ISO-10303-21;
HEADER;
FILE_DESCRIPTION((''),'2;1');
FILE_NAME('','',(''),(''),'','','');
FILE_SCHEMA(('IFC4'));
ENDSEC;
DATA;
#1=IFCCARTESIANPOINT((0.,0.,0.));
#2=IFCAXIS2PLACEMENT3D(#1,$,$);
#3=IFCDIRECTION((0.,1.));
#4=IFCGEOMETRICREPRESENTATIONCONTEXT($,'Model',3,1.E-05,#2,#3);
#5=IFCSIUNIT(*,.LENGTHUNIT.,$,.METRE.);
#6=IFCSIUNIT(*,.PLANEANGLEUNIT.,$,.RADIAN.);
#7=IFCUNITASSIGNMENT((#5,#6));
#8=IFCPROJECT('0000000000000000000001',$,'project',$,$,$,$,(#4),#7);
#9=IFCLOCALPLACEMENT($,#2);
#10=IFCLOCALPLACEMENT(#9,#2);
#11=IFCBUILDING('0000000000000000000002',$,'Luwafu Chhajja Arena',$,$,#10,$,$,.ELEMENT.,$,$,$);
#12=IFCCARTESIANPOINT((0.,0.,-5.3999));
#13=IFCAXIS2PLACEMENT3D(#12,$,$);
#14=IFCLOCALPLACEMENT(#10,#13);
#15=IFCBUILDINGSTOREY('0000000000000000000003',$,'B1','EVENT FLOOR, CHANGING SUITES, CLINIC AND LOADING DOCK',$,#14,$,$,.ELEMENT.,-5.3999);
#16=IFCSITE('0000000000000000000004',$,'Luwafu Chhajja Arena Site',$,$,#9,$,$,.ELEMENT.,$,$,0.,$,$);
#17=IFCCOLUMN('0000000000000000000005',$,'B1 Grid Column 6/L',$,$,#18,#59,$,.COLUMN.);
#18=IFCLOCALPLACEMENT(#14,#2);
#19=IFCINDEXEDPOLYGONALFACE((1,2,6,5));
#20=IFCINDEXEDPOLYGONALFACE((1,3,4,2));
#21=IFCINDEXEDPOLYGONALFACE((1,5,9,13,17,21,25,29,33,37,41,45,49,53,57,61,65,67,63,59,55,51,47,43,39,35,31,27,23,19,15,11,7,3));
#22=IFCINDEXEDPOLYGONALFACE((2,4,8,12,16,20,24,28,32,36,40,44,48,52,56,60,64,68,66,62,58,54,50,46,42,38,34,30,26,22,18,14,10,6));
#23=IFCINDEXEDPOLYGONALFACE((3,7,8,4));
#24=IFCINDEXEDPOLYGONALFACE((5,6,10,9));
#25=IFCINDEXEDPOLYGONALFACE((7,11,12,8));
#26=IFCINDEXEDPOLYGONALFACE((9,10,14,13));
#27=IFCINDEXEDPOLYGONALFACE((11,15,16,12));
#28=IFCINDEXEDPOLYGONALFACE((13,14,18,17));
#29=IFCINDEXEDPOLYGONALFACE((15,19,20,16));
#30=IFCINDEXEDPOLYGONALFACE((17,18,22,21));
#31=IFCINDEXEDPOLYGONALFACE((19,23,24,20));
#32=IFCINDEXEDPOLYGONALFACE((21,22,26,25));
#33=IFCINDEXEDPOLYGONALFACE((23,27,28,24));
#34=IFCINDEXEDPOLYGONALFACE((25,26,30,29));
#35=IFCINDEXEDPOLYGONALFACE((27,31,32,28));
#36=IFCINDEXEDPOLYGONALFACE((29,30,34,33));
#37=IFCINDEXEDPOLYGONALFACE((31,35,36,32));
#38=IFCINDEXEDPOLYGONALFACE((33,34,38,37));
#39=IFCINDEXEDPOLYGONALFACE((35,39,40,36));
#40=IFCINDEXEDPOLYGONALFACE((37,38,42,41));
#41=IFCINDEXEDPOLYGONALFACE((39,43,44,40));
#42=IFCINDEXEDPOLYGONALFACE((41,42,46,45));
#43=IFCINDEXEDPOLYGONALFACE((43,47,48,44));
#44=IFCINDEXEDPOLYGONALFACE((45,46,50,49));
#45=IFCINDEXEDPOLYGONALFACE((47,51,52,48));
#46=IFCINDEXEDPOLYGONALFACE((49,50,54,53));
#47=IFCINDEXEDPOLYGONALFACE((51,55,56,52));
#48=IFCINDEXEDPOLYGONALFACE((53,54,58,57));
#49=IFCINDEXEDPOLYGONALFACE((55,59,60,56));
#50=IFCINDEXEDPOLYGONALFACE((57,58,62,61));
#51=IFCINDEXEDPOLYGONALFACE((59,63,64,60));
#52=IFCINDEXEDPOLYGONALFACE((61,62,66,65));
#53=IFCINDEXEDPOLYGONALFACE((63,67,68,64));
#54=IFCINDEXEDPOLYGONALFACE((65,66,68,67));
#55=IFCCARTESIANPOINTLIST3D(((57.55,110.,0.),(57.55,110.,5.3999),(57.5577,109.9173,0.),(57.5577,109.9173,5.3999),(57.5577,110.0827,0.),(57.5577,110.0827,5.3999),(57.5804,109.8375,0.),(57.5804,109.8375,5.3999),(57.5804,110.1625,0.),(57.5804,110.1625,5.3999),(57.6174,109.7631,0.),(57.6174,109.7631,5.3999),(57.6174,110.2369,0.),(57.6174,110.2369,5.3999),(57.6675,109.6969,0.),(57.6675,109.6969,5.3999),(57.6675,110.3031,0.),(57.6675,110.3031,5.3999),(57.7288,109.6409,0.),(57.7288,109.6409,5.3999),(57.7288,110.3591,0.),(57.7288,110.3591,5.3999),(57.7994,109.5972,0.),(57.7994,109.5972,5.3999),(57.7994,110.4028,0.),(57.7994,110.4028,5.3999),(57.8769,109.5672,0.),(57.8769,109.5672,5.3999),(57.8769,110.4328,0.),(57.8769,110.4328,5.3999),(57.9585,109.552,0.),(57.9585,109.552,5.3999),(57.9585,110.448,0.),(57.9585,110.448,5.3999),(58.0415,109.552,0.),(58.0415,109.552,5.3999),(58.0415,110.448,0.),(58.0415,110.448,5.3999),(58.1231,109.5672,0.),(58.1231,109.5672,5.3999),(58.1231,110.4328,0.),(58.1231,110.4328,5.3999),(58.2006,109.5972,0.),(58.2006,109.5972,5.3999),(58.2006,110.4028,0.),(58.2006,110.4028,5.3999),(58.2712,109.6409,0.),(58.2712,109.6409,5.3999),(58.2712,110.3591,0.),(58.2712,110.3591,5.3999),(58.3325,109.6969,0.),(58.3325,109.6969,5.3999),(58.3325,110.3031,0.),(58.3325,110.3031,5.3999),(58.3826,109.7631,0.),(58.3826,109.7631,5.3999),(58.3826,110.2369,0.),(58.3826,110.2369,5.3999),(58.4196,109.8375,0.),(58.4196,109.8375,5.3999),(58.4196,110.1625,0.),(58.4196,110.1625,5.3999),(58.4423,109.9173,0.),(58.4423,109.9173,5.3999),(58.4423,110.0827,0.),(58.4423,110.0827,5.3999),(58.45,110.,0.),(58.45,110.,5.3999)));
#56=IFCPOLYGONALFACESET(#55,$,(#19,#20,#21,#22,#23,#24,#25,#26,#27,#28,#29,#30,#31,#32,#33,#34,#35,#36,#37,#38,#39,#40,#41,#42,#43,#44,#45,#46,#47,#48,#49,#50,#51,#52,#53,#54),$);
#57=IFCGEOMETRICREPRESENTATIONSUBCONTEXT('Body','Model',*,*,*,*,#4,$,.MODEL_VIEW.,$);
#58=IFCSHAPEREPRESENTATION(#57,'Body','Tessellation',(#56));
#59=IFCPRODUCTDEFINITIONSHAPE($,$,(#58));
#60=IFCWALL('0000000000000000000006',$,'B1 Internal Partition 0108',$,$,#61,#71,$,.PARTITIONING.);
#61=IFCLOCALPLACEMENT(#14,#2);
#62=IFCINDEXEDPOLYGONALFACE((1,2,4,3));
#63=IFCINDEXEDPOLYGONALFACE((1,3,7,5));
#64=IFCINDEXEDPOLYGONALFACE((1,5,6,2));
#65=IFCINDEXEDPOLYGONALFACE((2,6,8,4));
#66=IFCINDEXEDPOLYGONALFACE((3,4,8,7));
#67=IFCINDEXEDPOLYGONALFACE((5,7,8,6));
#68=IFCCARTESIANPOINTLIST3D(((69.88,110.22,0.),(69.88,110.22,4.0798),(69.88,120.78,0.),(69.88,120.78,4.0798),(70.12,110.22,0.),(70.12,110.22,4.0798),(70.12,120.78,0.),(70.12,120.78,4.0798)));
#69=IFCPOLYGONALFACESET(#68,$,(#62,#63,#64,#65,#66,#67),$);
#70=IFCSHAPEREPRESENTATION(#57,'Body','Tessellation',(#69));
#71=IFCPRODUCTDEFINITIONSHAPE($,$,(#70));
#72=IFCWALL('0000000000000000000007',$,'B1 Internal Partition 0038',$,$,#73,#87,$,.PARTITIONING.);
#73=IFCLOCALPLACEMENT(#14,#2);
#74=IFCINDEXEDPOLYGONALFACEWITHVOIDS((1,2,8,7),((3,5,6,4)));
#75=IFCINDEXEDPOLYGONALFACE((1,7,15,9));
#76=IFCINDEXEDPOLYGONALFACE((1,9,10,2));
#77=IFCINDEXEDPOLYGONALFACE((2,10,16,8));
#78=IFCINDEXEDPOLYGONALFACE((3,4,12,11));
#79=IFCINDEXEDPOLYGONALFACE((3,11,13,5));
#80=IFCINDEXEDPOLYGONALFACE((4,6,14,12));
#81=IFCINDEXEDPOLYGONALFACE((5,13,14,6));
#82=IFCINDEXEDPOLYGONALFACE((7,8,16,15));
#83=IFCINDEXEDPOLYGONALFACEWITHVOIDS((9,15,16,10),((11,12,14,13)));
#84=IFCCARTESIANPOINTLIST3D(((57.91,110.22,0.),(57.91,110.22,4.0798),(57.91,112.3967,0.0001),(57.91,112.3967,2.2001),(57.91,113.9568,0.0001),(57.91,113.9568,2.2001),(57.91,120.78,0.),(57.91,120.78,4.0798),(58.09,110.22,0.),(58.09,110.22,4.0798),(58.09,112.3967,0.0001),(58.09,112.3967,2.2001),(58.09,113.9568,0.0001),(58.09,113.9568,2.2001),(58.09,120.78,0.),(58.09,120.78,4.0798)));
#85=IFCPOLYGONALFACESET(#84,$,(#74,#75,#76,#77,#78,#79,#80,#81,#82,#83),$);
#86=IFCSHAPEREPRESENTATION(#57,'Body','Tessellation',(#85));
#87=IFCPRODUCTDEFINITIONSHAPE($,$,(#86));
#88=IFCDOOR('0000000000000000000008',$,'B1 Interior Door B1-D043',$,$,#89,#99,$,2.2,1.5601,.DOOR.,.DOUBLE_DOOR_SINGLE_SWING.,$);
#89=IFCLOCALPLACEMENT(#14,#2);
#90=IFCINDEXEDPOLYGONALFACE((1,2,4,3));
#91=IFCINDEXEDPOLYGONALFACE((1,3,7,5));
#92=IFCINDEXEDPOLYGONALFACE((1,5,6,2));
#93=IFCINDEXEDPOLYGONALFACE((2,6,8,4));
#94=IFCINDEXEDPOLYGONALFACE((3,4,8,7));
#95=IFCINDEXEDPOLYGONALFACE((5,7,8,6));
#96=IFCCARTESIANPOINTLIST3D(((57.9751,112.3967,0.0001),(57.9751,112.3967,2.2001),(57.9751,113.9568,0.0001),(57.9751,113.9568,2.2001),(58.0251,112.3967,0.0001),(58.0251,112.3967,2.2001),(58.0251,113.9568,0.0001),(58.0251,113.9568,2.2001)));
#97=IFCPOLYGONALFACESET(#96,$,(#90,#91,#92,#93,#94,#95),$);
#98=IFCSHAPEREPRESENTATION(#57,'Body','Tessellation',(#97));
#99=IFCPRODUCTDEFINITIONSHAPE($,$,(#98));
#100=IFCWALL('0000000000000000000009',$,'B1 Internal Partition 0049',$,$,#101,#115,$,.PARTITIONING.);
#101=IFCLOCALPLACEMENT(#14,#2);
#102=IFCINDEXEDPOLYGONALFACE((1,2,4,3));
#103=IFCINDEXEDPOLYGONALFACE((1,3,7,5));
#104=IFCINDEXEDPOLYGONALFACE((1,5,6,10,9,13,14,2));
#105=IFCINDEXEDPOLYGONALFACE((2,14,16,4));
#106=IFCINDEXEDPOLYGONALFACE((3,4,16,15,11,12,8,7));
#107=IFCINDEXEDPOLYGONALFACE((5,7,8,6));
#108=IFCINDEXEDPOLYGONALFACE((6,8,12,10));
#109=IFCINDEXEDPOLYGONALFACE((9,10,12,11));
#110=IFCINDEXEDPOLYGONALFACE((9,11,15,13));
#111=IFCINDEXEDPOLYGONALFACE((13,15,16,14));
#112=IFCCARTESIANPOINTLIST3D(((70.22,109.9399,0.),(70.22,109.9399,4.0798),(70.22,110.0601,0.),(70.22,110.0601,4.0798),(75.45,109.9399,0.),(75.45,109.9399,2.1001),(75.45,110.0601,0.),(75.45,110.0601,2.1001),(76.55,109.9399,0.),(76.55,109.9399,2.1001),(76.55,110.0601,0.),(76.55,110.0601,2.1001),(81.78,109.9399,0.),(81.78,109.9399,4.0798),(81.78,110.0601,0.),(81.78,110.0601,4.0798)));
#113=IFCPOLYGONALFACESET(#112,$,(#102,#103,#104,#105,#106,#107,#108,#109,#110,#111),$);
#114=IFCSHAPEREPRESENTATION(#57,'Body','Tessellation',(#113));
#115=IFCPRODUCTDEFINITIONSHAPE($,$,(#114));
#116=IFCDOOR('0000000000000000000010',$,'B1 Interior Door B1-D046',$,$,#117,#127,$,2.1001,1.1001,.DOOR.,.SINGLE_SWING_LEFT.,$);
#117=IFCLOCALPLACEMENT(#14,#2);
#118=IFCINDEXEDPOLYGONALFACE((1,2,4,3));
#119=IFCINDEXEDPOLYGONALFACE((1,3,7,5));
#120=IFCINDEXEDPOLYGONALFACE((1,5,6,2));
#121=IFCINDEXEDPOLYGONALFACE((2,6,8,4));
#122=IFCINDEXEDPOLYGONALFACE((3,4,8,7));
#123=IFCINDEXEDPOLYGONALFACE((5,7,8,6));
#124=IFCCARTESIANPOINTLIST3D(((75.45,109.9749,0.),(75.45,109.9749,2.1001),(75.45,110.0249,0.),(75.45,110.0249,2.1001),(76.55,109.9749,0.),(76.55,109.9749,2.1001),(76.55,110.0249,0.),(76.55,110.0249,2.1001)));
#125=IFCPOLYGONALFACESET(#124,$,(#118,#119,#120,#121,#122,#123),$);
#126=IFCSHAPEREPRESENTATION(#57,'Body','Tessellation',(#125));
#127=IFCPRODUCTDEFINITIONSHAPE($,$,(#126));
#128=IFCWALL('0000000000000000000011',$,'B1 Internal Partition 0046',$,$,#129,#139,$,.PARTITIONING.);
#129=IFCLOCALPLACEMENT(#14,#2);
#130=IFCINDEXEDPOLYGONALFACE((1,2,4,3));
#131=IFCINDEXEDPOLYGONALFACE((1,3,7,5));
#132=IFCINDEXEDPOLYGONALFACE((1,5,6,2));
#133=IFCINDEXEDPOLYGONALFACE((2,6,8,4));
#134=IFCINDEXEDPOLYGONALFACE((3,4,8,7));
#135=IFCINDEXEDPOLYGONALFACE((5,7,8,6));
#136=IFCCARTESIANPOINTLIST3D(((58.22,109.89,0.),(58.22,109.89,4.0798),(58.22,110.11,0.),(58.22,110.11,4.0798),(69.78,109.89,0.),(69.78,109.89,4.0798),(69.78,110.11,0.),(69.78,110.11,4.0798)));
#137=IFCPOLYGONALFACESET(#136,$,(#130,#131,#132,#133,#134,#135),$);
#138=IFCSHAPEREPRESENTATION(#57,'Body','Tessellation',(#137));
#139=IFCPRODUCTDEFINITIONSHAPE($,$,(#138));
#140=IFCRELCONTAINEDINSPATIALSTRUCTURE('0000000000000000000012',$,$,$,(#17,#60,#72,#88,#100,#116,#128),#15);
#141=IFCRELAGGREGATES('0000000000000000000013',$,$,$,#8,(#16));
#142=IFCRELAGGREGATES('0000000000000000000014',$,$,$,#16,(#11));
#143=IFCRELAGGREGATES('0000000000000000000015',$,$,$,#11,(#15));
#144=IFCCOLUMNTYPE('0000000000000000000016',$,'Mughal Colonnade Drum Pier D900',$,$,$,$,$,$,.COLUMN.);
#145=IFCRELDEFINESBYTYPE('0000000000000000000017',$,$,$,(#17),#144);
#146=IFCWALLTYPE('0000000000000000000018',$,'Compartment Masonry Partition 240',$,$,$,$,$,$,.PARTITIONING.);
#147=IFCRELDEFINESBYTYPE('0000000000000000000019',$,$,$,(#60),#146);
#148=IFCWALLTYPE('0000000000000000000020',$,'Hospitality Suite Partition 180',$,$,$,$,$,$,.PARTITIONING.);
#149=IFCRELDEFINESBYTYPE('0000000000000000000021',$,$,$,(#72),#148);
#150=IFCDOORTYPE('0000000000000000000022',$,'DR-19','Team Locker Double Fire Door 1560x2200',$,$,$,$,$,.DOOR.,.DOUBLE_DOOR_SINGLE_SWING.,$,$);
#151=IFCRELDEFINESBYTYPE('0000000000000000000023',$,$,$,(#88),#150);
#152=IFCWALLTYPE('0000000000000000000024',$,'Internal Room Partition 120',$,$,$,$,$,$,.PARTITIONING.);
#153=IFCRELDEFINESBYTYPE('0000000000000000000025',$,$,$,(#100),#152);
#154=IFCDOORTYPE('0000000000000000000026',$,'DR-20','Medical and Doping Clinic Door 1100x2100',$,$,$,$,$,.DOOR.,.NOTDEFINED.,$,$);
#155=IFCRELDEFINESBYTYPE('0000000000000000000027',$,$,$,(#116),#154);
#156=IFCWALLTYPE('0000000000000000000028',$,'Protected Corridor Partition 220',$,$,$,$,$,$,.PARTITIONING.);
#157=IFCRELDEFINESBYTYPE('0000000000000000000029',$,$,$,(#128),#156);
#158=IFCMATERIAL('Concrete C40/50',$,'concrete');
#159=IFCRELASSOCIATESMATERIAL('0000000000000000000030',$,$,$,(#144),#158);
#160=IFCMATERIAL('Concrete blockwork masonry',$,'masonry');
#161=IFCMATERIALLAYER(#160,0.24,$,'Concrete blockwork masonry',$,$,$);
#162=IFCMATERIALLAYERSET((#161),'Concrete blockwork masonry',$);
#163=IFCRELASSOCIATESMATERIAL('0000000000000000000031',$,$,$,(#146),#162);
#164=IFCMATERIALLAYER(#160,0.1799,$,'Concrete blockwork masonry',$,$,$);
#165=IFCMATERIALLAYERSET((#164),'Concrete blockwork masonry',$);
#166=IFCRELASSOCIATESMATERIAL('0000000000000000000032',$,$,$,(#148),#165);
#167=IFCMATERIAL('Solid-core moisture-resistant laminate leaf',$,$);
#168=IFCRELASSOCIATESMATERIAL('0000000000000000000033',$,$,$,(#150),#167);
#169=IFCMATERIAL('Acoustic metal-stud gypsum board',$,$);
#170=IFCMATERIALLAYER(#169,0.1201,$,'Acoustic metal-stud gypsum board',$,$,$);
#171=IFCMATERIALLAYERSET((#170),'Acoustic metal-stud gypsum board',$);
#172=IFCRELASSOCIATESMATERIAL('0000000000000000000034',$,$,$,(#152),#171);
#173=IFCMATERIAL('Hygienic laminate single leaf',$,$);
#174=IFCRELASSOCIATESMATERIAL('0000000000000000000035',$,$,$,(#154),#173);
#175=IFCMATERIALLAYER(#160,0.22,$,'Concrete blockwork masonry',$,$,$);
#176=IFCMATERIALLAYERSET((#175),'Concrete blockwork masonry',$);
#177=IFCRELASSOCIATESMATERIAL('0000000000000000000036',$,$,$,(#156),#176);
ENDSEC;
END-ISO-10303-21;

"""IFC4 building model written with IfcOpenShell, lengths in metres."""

from ifc_helpers import new_model, si_unit, direction, frame, frame_2d, origin, origin_2d, place, context, subcontext, project, spatial, rectangle, circle, extrude, material, layer, layer_set, material_profile, profile_set, type_object, element, fill, save


model = new_model("IFC4")

# Units and contexts
model_context = context("Model", 3, precision=1e-05, world=origin(), true_north=direction((0.0, 1.0)))
body_context = subcontext(model_context, "Body", "Model", "MODEL_VIEW")
ifc_project = project(units=[si_unit("LENGTHUNIT", "METRE"), si_unit("PLANEANGLEUNIT", "RADIAN")], contexts=[model_context])

# Site, building, storey
site_placement = place(None, origin())
site = spatial("IfcSite", under=ifc_project, at=site_placement, Name="Luwafu Chhajja Arena Site", CompositionType="ELEMENT", RefElevation=0.0)
building_placement = place(site_placement, origin())
building = spatial("IfcBuilding", under=site, at=building_placement, Name="Luwafu Chhajja Arena", CompositionType="ELEMENT")
storey_placement = place(building_placement, frame((0.0, 0.0, -5.3999)))
storey = spatial("IfcBuildingStorey", under=building, at=storey_placement, Name="B1", Description="EVENT FLOOR, CHANGING SUITES, CLINIC AND LOADING DOCK", CompositionType="ELEMENT", Elevation=-5.3999)

# Column
ifc_material_1 = material(Name="Concrete C40/50", Category="concrete")
ifc_material_profile_1 = material_profile(ifc_material_1, circle(Radius=0.45, at=origin_2d()), Name="RC COL D900")
ifc_profile_set_1 = profile_set([ifc_material_profile_1], Name="Concrete C40/50")
column_type_1 = type_object("IfcColumnType", Name="Mughal Colonnade Drum Pier D900", PredefinedType="COLUMN", material=ifc_profile_set_1)
column_1_placement = place(storey_placement, frame((58.0, 110.0, 0.0), z_axis=(0.0, 0.0, 1.0), x_axis=(1.0, 0.0, 0.0)))
element("IfcColumn", 1, at=column_1_placement, inside=storey, type_object=column_type_1, Name="B1 Grid Column 6/L", PredefinedType="COLUMN", context=body_context, shape_type="SweptSolid", body=[
    extrude(circle(Radius=0.45, at=origin_2d()), origin(), (0.0, 0.0, 1.0), 5.3999),
])

# Wall
ifc_material_2 = material(Name="Concrete blockwork masonry", Category="masonry")
ifc_layer_1 = layer(ifc_material_2, 0.24, Name="Concrete blockwork masonry")
ifc_layer_set_1 = layer_set([ifc_layer_1], Name="Concrete blockwork masonry")
wall_type_1 = type_object("IfcWallType", Name="Compartment Masonry Partition 240", PredefinedType="PARTITIONING", material=ifc_layer_set_1)
wall_1_placement = place(storey_placement, frame((70.0, 110.22, 0.0), z_axis=(0.0, 0.0, 1.0), x_axis=(0.0, 1.0, 0.0)))
element("IfcWall", 2, at=wall_1_placement, inside=storey, type_object=wall_type_1, Name="B1 Internal Partition 0108", PredefinedType="PARTITIONING", context=body_context, shape_type="SweptSolid", body=[
    extrude(rectangle(XDim=10.5601, YDim=0.24, at=frame_2d((5.28, 0.0))), origin(), (0.0, 0.0, 1.0), 4.0798),
])

# Walls, openings, doors
ifc_layer_2 = layer(ifc_material_2, 0.1799, Name="Concrete blockwork masonry")
ifc_layer_set_2 = layer_set([ifc_layer_2], Name="Concrete blockwork masonry")
wall_type_2 = type_object("IfcWallType", Name="Hospitality Suite Partition 180", PredefinedType="PARTITIONING", material=ifc_layer_set_2)
wall_2_placement = place(storey_placement, frame((58.0, 110.22, 0.0), z_axis=(0.0, 0.0, 1.0), x_axis=(0.0, 1.0, 0.0)))
wall_2 = element("IfcWall", 3, at=wall_2_placement, inside=storey, type_object=wall_type_2, Name="B1 Internal Partition 0038", PredefinedType="PARTITIONING", context=body_context, shape_type="SweptSolid", body=[
    extrude(rectangle(XDim=10.5601, YDim=0.1799, at=frame_2d((5.28, 0.0))), origin(), (0.0, 0.0, 1.0), 4.0798),
])
opening_1_placement = place(wall_2_placement, frame((2.1768, 0.0, 0.0)))
opening_1 = element("IfcOpeningElement", 4, at=opening_1_placement, cuts=wall_2, PredefinedType="OPENING", context=body_context, shape_type="SweptSolid", body=[
    extrude(rectangle(XDim=1.5601, YDim=2.2, at=frame_2d((0.78, 1.1001))), frame((0.0, 0.0999, 0.0), z_axis=(0.0, -1.0, 0.0), x_axis=(1.0, 0.0, 0.0)), (0.0, 0.0, 1.0), 0.2),
])
ifc_material_3 = material(Name="Solid-core moisture-resistant laminate leaf")
door_type_1 = type_object("IfcDoorType", Name="DR-19", Description="Team Locker Double Fire Door 1560x2200", OperationType="DOUBLE_DOOR_SINGLE_SWING", PredefinedType="DOOR", material=ifc_material_3)
door_1_placement = place(opening_1_placement, origin())
door_1 = element("IfcDoor", 5, at=door_1_placement, inside=storey, type_object=door_type_1, Name="B1 Interior Door B1-D043", OperationType="DOUBLE_DOOR_SINGLE_SWING", OverallHeight=2.2, OverallWidth=1.5601, PredefinedType="DOOR", context=body_context, shape_type="SweptSolid", body=[
    extrude(rectangle(XDim=1.5601, YDim=2.2, at=frame_2d((0.78, 1.1001))), frame((0.0, 0.0249, 0.0), z_axis=(0.0, -1.0, 0.0), x_axis=(1.0, 0.0, 0.0)), (0.0, 0.0, 1.0), 0.05),
])
fill(opening_1, door_1)
ifc_material_4 = material(Name="Acoustic metal-stud gypsum board")
ifc_layer_3 = layer(ifc_material_4, 0.1201, Name="Acoustic metal-stud gypsum board")
ifc_layer_set_3 = layer_set([ifc_layer_3], Name="Acoustic metal-stud gypsum board")
wall_type_3 = type_object("IfcWallType", Name="Internal Room Partition 120", PredefinedType="PARTITIONING", material=ifc_layer_set_3)
wall_3_placement = place(storey_placement, frame((70.22, 110.0, 0.0), z_axis=(0.0, 0.0, 1.0), x_axis=(1.0, 0.0, 0.0)))
wall_3 = element("IfcWall", 6, at=wall_3_placement, inside=storey, type_object=wall_type_3, Name="B1 Internal Partition 0049", PredefinedType="PARTITIONING", context=body_context, shape_type="SweptSolid", body=[
    extrude(rectangle(XDim=11.5601, YDim=0.1201, at=frame_2d((5.78, 0.0))), origin(), (0.0, 0.0, 1.0), 4.0798),
])
opening_2_placement = place(wall_3_placement, frame((5.23, 0.0, 0.0)))
opening_2 = element("IfcOpeningElement", 7, at=opening_2_placement, cuts=wall_3, PredefinedType="OPENING", context=body_context, shape_type="SweptSolid", body=[
    extrude(rectangle(XDim=1.1001, YDim=2.1001, at=frame_2d((0.55, 1.05))), frame((0.0, 0.0701, 0.0), z_axis=(0.0, -1.0, 0.0), x_axis=(1.0, 0.0, 0.0)), (0.0, 0.0, 1.0), 0.1401),
])
ifc_material_5 = material(Name="Hygienic laminate single leaf")
door_type_2 = type_object("IfcDoorType", Name="DR-20", Description="Medical and Doping Clinic Door 1100x2100", OperationType="NOTDEFINED", PredefinedType="DOOR", material=ifc_material_5)
door_2_placement = place(opening_2_placement, origin())
door_2 = element("IfcDoor", 8, at=door_2_placement, inside=storey, type_object=door_type_2, Name="B1 Interior Door B1-D046", OperationType="SINGLE_SWING_LEFT", OverallHeight=2.1001, OverallWidth=1.1001, PredefinedType="DOOR", context=body_context, shape_type="SweptSolid", body=[
    extrude(rectangle(XDim=1.1001, YDim=2.1001, at=frame_2d((0.55, 1.05))), frame((0.0, 0.0249, 0.0), z_axis=(0.0, -1.0, 0.0), x_axis=(1.0, 0.0, 0.0)), (0.0, 0.0, 1.0), 0.05),
])
fill(opening_2, door_2)

# Wall
ifc_layer_4 = layer(ifc_material_2, 0.22, Name="Concrete blockwork masonry")
ifc_layer_set_4 = layer_set([ifc_layer_4], Name="Concrete blockwork masonry")
wall_type_4 = type_object("IfcWallType", Name="Protected Corridor Partition 220", PredefinedType="PARTITIONING", material=ifc_layer_set_4)
wall_4_placement = place(storey_placement, frame((58.22, 110.0, 0.0), z_axis=(0.0, 0.0, 1.0), x_axis=(1.0, 0.0, 0.0)))
element("IfcWall", 9, at=wall_4_placement, inside=storey, type_object=wall_type_4, Name="B1 Internal Partition 0046", PredefinedType="PARTITIONING", context=body_context, shape_type="SweptSolid", body=[
    extrude(rectangle(XDim=11.5601, YDim=0.22, at=frame_2d((5.78, 0.0))), origin(), (0.0, 0.0, 1.0), 4.0798),
])

save(model, "model.ifc")
